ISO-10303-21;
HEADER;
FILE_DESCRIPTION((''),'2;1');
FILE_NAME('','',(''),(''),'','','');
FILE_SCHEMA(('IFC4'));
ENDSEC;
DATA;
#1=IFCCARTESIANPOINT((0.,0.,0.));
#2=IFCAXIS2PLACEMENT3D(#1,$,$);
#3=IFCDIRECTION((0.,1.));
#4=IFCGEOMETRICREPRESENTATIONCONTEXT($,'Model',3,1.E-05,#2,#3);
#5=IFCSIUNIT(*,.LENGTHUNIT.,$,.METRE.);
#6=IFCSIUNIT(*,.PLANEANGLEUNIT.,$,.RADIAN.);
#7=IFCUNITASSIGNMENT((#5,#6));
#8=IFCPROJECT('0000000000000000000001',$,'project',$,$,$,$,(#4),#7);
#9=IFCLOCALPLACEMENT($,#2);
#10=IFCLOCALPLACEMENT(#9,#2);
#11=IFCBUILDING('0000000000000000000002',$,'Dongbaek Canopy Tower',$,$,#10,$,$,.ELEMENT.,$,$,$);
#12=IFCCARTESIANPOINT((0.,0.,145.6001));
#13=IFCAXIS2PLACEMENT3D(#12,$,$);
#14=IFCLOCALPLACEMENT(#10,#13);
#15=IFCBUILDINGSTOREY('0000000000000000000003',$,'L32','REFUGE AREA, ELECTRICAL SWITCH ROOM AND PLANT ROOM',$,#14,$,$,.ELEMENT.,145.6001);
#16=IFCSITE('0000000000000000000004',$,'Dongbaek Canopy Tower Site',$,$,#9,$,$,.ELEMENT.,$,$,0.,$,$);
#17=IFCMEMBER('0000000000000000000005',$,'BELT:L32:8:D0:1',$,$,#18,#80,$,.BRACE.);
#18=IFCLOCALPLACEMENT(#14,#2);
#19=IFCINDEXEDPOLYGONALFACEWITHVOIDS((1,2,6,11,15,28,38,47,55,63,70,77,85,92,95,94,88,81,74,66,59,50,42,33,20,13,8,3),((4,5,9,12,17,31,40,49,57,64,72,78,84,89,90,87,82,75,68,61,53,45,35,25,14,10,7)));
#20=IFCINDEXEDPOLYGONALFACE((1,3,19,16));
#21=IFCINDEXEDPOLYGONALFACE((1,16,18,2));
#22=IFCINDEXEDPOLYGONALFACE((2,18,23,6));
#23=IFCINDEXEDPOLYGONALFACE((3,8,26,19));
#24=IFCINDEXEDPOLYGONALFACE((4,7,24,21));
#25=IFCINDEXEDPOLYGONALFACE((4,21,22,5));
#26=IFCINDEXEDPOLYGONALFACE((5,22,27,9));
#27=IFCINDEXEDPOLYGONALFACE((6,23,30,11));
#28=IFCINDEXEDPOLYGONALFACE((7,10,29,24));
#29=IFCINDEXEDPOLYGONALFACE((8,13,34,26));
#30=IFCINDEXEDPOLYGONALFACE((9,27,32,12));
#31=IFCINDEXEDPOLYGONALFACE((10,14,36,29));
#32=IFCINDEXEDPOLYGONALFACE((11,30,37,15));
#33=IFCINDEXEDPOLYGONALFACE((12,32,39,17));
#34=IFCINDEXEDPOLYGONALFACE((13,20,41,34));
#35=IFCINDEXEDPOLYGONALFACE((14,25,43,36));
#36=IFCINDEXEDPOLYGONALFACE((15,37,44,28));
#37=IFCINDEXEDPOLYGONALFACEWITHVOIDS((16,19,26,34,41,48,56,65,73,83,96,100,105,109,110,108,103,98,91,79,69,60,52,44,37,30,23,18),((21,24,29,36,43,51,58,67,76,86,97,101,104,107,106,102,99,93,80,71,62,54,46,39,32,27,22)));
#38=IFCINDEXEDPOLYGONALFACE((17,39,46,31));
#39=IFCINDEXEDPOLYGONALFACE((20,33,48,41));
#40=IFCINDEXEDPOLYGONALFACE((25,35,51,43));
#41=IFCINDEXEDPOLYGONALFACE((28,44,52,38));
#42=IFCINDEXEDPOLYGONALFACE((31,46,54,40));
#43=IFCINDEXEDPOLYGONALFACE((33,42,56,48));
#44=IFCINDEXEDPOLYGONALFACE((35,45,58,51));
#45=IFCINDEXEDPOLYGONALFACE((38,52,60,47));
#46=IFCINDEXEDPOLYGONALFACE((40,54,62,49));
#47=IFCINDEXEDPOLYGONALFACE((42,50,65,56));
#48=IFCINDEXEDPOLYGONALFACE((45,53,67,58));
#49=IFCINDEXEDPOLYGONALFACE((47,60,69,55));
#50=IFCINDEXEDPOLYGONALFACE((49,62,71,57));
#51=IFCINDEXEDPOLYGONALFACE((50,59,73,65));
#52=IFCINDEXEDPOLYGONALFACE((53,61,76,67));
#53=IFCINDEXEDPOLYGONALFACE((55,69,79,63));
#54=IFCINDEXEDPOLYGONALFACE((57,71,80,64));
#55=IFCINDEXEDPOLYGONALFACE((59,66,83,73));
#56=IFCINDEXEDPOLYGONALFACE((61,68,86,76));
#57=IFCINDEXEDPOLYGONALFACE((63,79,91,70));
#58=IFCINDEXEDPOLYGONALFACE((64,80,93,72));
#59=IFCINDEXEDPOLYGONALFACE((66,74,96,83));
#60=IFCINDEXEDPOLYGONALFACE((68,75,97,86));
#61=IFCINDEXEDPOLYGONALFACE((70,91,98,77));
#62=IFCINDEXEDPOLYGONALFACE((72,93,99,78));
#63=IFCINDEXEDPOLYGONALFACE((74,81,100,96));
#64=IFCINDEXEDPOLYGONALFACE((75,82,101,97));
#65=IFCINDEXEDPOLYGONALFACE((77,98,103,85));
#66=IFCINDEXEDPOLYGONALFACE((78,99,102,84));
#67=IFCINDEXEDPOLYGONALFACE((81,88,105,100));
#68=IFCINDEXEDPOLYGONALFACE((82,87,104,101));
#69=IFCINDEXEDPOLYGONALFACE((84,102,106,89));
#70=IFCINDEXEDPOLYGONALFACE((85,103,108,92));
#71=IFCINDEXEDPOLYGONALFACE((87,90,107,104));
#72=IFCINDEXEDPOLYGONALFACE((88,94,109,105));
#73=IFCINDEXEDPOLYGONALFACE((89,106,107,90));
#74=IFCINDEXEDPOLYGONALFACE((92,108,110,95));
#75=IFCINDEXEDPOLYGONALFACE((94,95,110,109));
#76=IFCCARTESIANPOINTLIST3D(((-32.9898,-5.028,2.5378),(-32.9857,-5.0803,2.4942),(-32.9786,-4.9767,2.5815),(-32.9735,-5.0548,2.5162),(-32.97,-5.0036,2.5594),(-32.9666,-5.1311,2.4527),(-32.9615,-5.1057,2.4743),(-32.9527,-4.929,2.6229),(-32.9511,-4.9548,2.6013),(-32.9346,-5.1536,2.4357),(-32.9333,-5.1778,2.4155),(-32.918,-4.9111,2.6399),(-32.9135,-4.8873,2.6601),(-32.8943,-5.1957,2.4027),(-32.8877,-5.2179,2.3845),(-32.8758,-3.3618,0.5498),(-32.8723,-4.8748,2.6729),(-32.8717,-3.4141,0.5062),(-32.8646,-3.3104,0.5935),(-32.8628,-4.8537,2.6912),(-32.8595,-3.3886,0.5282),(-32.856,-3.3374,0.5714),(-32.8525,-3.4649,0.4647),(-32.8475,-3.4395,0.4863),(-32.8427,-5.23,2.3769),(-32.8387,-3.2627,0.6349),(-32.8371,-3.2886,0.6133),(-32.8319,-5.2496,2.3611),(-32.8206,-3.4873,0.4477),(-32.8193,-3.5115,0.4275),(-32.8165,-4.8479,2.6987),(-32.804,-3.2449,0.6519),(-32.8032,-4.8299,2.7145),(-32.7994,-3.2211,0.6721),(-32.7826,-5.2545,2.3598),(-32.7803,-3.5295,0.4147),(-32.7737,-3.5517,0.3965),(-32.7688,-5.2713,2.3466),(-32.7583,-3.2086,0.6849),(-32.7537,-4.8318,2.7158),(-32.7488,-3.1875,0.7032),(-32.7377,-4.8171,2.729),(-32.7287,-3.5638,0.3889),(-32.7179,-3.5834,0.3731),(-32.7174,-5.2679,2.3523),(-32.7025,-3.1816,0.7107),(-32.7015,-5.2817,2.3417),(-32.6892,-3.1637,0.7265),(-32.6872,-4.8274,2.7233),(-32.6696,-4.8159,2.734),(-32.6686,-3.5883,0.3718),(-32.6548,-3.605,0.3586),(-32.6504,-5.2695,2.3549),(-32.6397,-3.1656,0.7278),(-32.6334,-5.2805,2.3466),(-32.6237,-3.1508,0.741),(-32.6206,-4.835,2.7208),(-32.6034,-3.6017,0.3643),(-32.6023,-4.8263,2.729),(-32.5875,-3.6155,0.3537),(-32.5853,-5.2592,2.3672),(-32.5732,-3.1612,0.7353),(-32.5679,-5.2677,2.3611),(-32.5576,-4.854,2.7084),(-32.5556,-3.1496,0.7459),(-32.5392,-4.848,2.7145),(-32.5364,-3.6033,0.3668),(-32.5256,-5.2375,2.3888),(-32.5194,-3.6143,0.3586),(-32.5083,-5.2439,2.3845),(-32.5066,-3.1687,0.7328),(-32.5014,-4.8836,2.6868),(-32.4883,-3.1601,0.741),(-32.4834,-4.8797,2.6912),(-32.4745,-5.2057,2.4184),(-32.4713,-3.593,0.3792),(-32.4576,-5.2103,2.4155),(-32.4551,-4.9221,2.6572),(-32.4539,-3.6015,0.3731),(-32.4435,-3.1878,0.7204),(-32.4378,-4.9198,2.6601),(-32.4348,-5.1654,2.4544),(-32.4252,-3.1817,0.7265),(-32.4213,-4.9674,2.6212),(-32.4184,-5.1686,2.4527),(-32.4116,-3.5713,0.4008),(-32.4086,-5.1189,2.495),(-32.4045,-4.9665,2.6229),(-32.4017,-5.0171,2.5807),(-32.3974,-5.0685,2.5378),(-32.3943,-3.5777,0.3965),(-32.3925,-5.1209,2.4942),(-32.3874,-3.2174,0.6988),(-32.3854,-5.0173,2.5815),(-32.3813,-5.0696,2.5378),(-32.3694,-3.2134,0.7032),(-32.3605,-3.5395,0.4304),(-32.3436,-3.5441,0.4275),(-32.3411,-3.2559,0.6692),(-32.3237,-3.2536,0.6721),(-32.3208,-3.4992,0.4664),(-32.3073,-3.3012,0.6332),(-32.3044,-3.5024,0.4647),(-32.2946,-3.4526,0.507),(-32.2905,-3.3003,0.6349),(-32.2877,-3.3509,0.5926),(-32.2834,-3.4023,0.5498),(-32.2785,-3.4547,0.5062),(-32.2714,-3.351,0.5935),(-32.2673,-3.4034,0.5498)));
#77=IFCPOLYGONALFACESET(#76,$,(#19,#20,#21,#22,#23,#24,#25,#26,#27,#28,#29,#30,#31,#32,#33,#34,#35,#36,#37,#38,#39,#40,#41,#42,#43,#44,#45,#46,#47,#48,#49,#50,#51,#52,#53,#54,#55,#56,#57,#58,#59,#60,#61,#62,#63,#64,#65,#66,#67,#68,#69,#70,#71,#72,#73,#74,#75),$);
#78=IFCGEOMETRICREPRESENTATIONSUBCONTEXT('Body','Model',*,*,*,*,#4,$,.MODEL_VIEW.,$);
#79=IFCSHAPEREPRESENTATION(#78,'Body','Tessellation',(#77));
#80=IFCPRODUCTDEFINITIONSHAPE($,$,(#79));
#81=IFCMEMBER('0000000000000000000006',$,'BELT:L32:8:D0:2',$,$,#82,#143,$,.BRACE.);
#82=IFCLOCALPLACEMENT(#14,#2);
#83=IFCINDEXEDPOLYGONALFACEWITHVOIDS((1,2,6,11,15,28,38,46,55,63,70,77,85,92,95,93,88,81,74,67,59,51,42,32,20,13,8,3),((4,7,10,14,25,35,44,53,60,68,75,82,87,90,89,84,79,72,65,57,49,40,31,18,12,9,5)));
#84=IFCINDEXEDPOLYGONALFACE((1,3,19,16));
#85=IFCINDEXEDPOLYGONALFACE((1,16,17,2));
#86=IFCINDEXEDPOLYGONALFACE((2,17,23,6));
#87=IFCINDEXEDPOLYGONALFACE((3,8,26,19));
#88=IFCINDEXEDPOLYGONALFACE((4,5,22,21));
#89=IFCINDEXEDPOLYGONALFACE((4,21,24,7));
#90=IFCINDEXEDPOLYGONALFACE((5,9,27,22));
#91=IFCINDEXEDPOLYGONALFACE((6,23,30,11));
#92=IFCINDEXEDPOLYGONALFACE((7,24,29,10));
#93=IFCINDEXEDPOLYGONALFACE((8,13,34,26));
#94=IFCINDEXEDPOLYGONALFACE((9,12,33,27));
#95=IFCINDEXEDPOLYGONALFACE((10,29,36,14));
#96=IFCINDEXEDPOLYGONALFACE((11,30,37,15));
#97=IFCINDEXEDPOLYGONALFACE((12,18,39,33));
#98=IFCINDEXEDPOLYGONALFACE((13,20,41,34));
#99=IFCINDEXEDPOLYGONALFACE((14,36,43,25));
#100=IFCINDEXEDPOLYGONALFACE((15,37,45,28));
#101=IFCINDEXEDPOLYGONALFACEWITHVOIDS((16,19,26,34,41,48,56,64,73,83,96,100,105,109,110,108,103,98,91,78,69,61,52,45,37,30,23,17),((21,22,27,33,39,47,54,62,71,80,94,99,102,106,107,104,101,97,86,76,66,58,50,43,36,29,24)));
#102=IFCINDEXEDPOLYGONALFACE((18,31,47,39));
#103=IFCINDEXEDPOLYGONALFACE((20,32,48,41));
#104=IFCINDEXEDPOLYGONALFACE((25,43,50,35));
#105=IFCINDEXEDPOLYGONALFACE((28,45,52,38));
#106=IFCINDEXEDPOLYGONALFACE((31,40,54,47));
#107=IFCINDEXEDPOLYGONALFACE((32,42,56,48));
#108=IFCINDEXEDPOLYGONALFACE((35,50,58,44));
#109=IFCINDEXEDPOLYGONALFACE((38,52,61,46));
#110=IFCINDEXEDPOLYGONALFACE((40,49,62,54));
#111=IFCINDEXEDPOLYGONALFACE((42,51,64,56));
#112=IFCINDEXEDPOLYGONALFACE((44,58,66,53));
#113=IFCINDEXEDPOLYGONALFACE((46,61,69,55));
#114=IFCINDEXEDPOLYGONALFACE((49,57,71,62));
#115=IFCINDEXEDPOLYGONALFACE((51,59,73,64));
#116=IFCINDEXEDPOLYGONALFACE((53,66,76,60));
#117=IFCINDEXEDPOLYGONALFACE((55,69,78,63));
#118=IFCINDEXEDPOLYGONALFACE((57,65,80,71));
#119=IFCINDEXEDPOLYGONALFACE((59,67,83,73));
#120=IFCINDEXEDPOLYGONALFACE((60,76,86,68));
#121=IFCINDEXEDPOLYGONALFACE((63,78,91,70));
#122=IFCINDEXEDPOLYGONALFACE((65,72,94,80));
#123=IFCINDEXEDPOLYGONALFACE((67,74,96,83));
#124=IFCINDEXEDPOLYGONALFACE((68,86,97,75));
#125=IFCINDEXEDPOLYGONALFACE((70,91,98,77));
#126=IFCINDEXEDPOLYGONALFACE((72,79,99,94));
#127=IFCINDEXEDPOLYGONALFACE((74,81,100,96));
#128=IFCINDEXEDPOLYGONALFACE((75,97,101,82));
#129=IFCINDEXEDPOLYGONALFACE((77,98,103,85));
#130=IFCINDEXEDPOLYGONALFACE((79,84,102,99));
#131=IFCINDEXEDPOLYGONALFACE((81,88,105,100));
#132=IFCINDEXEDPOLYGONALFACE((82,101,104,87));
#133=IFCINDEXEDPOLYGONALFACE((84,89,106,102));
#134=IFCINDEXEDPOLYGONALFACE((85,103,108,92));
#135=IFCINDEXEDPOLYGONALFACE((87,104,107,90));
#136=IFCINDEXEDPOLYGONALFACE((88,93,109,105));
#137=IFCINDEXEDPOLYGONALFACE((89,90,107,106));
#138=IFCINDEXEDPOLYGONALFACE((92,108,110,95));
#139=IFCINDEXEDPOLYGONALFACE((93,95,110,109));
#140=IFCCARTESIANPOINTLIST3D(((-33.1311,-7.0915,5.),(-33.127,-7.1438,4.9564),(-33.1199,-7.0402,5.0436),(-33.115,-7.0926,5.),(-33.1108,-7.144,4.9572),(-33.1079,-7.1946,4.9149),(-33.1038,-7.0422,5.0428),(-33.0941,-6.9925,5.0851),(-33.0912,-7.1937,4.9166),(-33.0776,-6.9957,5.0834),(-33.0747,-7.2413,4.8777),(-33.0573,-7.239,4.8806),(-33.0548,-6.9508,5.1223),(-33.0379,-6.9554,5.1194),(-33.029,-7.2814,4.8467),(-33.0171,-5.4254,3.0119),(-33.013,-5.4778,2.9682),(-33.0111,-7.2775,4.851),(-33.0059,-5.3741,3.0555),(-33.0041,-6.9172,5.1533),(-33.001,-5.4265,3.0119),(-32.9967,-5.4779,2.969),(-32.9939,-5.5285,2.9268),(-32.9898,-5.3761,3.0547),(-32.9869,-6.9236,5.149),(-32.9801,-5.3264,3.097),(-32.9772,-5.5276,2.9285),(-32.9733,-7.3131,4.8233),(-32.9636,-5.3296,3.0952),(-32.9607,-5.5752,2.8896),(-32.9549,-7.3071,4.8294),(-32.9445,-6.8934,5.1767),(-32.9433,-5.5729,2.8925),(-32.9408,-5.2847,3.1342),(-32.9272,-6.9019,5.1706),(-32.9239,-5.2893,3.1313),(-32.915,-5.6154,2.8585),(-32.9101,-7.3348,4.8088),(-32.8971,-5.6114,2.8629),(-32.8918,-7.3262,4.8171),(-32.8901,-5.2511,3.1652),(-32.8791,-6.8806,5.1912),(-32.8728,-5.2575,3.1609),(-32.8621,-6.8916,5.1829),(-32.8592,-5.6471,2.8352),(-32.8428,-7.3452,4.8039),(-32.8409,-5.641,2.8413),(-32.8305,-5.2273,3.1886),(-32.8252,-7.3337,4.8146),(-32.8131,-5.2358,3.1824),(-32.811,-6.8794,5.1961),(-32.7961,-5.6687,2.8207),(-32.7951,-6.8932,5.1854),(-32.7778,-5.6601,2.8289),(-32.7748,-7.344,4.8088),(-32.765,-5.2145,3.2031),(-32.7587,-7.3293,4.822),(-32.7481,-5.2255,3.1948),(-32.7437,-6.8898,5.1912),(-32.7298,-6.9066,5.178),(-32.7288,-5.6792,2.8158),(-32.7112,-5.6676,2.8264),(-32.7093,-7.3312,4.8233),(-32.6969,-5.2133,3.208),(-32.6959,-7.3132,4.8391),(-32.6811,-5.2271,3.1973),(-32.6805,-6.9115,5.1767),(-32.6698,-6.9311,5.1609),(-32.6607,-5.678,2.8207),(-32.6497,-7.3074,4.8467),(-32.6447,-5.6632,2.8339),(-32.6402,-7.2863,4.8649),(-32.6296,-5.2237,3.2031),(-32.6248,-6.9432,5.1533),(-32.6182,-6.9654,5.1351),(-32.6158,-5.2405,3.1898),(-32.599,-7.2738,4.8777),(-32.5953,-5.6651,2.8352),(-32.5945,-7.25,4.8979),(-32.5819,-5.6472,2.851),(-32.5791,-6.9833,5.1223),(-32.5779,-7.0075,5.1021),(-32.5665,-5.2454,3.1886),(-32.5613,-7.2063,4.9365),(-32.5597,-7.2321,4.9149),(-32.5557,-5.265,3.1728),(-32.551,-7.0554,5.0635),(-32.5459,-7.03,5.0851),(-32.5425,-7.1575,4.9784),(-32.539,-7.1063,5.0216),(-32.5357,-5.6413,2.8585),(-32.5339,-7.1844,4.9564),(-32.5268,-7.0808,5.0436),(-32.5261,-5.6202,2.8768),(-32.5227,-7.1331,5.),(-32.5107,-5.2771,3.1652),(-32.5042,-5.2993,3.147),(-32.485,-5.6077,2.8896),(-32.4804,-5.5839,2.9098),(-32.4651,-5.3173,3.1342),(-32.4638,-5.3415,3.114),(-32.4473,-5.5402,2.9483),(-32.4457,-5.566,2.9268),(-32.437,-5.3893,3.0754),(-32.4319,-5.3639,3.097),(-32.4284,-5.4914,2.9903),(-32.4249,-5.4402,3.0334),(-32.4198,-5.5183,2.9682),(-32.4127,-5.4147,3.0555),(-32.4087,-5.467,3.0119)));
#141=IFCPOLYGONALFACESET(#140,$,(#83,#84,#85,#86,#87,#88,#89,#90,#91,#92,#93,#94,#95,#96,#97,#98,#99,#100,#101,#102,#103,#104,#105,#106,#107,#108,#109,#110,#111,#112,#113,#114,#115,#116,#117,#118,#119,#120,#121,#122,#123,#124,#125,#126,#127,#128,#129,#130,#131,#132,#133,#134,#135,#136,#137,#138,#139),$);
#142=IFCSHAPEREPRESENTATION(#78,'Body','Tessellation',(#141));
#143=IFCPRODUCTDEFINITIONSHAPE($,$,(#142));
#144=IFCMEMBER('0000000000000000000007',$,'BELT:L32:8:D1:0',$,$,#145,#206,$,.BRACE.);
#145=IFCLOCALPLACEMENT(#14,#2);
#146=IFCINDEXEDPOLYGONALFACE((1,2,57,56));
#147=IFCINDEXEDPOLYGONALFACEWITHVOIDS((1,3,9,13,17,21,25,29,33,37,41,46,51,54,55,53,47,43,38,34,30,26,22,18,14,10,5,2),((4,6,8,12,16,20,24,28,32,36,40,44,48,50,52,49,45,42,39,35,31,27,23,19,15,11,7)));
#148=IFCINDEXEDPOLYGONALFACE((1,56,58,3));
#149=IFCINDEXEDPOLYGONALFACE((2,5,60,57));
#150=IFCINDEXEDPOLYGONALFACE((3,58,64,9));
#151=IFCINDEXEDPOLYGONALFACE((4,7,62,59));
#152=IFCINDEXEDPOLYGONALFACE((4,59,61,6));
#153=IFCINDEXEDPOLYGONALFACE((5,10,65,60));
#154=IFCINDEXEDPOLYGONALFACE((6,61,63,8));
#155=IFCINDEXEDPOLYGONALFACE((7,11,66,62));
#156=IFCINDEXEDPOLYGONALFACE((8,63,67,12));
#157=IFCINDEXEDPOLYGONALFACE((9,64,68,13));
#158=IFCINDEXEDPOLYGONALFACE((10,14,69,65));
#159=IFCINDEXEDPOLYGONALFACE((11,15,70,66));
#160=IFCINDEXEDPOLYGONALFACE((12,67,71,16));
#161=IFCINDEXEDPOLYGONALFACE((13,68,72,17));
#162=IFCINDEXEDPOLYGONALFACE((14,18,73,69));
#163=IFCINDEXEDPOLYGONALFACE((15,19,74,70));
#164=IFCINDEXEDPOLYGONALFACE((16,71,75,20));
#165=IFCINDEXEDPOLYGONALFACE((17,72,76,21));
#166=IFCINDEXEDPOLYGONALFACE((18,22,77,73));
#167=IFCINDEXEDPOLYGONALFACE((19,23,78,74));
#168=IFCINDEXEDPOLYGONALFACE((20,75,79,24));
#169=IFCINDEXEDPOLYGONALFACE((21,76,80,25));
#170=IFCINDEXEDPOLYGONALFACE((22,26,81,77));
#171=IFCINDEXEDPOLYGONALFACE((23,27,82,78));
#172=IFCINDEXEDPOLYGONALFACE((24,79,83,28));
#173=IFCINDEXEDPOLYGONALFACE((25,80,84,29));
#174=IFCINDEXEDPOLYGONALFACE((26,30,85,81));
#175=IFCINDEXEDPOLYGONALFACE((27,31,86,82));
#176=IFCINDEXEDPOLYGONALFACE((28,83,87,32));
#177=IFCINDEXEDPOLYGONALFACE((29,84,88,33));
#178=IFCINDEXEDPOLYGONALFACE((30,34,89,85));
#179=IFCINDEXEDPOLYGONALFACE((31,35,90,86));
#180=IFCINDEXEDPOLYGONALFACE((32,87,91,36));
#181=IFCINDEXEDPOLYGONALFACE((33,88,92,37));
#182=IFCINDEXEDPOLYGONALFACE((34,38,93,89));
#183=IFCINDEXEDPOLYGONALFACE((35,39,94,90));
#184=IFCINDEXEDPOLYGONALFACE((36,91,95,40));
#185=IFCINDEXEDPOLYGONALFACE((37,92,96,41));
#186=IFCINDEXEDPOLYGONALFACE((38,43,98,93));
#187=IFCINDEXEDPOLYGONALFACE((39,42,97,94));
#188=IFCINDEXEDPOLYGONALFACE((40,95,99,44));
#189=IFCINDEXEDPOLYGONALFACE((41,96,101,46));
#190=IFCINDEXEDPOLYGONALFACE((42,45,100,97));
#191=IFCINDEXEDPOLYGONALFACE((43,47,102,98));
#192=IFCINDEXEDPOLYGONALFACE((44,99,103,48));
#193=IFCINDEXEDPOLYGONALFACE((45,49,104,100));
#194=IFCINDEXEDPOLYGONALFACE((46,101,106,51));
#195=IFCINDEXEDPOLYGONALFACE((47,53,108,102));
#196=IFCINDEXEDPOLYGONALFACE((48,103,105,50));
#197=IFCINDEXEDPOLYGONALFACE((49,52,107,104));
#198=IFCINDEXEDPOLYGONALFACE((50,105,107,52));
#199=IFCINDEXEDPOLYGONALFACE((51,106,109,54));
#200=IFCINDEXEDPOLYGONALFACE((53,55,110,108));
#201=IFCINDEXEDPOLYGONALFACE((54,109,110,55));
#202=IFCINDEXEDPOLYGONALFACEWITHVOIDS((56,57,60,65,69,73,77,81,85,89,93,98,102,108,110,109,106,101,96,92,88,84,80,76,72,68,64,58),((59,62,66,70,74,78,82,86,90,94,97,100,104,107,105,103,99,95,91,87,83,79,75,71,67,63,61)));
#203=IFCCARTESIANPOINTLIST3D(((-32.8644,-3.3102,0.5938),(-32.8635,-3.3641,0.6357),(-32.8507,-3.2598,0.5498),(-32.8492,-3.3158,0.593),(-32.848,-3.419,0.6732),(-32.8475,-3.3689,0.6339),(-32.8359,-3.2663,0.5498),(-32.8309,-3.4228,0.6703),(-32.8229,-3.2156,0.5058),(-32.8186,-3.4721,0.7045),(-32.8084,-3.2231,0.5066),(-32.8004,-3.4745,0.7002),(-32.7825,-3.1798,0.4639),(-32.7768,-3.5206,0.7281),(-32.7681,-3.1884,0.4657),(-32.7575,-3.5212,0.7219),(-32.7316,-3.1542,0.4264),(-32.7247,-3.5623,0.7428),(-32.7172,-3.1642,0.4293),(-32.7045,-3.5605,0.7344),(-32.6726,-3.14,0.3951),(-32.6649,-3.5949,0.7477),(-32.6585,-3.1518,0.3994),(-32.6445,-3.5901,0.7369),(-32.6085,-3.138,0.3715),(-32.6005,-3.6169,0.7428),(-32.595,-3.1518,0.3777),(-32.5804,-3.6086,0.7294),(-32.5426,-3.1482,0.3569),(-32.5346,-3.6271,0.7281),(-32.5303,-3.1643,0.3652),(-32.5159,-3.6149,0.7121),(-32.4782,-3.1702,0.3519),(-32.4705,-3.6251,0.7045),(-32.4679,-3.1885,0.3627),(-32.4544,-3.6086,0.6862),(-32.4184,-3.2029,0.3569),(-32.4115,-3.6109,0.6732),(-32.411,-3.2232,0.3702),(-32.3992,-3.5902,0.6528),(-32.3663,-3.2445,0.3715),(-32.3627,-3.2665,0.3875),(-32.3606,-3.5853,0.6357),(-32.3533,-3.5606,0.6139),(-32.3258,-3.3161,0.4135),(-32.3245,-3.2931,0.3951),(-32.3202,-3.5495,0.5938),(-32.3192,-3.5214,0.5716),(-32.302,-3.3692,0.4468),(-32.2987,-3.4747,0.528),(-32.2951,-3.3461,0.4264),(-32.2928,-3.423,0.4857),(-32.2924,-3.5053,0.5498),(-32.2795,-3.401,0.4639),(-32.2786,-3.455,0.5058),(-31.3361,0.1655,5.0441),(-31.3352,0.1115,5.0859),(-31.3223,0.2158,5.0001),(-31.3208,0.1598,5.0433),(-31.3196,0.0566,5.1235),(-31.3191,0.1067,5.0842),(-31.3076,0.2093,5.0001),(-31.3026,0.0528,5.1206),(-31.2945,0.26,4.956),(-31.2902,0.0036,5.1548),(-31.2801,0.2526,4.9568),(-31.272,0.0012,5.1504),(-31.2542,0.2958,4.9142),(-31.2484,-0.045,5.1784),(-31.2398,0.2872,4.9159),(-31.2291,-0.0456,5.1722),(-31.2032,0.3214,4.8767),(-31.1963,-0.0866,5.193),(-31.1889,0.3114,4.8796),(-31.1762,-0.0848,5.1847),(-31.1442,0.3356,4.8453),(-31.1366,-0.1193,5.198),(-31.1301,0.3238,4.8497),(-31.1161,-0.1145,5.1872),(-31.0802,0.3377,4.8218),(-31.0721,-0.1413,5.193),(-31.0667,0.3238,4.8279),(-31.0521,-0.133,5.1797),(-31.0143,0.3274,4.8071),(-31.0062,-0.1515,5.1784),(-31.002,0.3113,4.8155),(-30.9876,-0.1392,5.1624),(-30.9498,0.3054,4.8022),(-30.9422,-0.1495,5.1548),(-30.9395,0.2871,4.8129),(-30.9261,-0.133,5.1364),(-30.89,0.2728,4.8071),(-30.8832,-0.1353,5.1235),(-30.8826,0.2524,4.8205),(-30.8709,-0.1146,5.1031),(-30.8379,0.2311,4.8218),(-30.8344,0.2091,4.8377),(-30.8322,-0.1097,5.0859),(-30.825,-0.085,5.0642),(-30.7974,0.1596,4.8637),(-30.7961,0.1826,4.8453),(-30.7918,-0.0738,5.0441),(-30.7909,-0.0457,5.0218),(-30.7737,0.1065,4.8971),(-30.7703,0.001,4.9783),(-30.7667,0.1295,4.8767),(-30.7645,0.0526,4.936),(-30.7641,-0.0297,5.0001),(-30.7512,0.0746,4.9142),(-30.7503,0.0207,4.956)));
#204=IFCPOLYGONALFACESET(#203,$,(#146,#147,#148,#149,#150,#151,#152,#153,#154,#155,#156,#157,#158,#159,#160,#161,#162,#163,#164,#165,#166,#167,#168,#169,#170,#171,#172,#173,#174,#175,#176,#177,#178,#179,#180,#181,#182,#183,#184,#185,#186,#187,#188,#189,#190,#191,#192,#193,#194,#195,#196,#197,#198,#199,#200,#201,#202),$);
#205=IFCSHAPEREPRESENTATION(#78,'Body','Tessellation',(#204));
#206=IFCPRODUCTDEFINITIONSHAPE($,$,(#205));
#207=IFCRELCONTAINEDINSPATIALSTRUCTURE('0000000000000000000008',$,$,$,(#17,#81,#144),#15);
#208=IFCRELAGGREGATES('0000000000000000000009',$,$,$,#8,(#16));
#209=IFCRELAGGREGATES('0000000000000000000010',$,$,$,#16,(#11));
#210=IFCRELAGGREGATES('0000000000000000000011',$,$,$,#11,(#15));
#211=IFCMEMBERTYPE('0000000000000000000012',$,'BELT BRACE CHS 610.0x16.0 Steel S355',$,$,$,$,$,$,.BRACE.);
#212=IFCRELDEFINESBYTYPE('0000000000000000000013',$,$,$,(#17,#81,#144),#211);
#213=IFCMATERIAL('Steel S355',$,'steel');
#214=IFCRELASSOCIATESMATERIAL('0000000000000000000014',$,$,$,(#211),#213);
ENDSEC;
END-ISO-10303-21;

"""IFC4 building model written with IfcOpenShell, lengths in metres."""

from ifc_helpers import new_model, si_unit, direction, frame, origin, origin_2d, place, context, subcontext, project, spatial, hollow_circle, extrude, material, material_profile, profile_set, type_object, element, save


model = new_model("IFC4")

# Units and contexts
model_context = context("Model", 3, precision=1e-05, world=origin(), true_north=direction((0.0, 1.0)))
body_context = subcontext(model_context, "Body", "Model", "MODEL_VIEW")
ifc_project = project(units=[si_unit("LENGTHUNIT", "METRE"), si_unit("PLANEANGLEUNIT", "RADIAN")], contexts=[model_context])

# Site, building, storey
site_placement = place(None, origin())
site = spatial("IfcSite", under=ifc_project, at=site_placement, Name="Dongbaek Canopy Tower Site", CompositionType="ELEMENT", RefElevation=0.0)
building_placement = place(site_placement, origin())
building = spatial("IfcBuilding", under=site, at=building_placement, Name="Dongbaek Canopy Tower", CompositionType="ELEMENT")
storey_placement = place(building_placement, frame((0.0, 0.0, 145.6001)))
storey = spatial("IfcBuildingStorey", under=building, at=storey_placement, Name="L32", Description="REFUGE AREA, ELECTRICAL SWITCH ROOM AND PLANT ROOM", CompositionType="ELEMENT", Elevation=145.6001)

# Members
ifc_material_1 = material(Name="Steel S355", Category="steel")
ifc_material_profile_1 = material_profile(ifc_material_1, hollow_circle(Radius=0.3049, WallThickness=0.0161, at=origin_2d()), Name="BELT BRACE CHS 610.0x16.0 Steel S355")
ifc_profile_set_1 = profile_set([ifc_material_profile_1], Name="Steel S355")
member_type_1 = type_object("IfcMemberType", Name="BELT BRACE CHS 610.0x16.0 Steel S355", PredefinedType="BRACE", material=ifc_profile_set_1)
for number, where, z_axis, x_axis, name in (
    (1, (-32.5715, -3.3826, 0.5498), (-0.043911, -0.641738, 0.765666), (0.997667, -0.068265, 0.0), "BELT:L32:8:D0:1"),
    (2, (-32.8269, -7.1123, 5.0), (0.043913, 0.641682, -0.765712), (-0.997667, 0.068275, 0.0), "BELT:L32:8:D0:2"),
):
    element("IfcMember", number, at=place(storey_placement, frame(where, z_axis=z_axis, x_axis=x_axis)), inside=storey, type_object=member_type_1, Name=name, PredefinedType="BRACE", context=body_context, shape_type="SweptSolid", body=[
        extrude(hollow_circle(Radius=0.3049, WallThickness=0.0161, at=origin_2d()), origin(), (0.0, 0.0, 1.0), 2.5964),
    ])
member_1_placement = place(storey_placement, frame((-32.5715, -3.3826, 0.5498), z_axis=(0.261262, 0.594142, 0.760748), x_axis=(-0.915406, 0.402532, 0.0)))
element("IfcMember", 3, at=member_1_placement, inside=storey, type_object=member_type_1, Name="BELT:L32:8:D1:0", PredefinedType="BRACE", context=body_context, shape_type="SweptSolid", body=[
    extrude(hollow_circle(Radius=0.3049, WallThickness=0.0161, at=origin_2d()), origin(), (0.0, 0.0, 1.0), 5.8499),
])

save(model, "model.ifc")
